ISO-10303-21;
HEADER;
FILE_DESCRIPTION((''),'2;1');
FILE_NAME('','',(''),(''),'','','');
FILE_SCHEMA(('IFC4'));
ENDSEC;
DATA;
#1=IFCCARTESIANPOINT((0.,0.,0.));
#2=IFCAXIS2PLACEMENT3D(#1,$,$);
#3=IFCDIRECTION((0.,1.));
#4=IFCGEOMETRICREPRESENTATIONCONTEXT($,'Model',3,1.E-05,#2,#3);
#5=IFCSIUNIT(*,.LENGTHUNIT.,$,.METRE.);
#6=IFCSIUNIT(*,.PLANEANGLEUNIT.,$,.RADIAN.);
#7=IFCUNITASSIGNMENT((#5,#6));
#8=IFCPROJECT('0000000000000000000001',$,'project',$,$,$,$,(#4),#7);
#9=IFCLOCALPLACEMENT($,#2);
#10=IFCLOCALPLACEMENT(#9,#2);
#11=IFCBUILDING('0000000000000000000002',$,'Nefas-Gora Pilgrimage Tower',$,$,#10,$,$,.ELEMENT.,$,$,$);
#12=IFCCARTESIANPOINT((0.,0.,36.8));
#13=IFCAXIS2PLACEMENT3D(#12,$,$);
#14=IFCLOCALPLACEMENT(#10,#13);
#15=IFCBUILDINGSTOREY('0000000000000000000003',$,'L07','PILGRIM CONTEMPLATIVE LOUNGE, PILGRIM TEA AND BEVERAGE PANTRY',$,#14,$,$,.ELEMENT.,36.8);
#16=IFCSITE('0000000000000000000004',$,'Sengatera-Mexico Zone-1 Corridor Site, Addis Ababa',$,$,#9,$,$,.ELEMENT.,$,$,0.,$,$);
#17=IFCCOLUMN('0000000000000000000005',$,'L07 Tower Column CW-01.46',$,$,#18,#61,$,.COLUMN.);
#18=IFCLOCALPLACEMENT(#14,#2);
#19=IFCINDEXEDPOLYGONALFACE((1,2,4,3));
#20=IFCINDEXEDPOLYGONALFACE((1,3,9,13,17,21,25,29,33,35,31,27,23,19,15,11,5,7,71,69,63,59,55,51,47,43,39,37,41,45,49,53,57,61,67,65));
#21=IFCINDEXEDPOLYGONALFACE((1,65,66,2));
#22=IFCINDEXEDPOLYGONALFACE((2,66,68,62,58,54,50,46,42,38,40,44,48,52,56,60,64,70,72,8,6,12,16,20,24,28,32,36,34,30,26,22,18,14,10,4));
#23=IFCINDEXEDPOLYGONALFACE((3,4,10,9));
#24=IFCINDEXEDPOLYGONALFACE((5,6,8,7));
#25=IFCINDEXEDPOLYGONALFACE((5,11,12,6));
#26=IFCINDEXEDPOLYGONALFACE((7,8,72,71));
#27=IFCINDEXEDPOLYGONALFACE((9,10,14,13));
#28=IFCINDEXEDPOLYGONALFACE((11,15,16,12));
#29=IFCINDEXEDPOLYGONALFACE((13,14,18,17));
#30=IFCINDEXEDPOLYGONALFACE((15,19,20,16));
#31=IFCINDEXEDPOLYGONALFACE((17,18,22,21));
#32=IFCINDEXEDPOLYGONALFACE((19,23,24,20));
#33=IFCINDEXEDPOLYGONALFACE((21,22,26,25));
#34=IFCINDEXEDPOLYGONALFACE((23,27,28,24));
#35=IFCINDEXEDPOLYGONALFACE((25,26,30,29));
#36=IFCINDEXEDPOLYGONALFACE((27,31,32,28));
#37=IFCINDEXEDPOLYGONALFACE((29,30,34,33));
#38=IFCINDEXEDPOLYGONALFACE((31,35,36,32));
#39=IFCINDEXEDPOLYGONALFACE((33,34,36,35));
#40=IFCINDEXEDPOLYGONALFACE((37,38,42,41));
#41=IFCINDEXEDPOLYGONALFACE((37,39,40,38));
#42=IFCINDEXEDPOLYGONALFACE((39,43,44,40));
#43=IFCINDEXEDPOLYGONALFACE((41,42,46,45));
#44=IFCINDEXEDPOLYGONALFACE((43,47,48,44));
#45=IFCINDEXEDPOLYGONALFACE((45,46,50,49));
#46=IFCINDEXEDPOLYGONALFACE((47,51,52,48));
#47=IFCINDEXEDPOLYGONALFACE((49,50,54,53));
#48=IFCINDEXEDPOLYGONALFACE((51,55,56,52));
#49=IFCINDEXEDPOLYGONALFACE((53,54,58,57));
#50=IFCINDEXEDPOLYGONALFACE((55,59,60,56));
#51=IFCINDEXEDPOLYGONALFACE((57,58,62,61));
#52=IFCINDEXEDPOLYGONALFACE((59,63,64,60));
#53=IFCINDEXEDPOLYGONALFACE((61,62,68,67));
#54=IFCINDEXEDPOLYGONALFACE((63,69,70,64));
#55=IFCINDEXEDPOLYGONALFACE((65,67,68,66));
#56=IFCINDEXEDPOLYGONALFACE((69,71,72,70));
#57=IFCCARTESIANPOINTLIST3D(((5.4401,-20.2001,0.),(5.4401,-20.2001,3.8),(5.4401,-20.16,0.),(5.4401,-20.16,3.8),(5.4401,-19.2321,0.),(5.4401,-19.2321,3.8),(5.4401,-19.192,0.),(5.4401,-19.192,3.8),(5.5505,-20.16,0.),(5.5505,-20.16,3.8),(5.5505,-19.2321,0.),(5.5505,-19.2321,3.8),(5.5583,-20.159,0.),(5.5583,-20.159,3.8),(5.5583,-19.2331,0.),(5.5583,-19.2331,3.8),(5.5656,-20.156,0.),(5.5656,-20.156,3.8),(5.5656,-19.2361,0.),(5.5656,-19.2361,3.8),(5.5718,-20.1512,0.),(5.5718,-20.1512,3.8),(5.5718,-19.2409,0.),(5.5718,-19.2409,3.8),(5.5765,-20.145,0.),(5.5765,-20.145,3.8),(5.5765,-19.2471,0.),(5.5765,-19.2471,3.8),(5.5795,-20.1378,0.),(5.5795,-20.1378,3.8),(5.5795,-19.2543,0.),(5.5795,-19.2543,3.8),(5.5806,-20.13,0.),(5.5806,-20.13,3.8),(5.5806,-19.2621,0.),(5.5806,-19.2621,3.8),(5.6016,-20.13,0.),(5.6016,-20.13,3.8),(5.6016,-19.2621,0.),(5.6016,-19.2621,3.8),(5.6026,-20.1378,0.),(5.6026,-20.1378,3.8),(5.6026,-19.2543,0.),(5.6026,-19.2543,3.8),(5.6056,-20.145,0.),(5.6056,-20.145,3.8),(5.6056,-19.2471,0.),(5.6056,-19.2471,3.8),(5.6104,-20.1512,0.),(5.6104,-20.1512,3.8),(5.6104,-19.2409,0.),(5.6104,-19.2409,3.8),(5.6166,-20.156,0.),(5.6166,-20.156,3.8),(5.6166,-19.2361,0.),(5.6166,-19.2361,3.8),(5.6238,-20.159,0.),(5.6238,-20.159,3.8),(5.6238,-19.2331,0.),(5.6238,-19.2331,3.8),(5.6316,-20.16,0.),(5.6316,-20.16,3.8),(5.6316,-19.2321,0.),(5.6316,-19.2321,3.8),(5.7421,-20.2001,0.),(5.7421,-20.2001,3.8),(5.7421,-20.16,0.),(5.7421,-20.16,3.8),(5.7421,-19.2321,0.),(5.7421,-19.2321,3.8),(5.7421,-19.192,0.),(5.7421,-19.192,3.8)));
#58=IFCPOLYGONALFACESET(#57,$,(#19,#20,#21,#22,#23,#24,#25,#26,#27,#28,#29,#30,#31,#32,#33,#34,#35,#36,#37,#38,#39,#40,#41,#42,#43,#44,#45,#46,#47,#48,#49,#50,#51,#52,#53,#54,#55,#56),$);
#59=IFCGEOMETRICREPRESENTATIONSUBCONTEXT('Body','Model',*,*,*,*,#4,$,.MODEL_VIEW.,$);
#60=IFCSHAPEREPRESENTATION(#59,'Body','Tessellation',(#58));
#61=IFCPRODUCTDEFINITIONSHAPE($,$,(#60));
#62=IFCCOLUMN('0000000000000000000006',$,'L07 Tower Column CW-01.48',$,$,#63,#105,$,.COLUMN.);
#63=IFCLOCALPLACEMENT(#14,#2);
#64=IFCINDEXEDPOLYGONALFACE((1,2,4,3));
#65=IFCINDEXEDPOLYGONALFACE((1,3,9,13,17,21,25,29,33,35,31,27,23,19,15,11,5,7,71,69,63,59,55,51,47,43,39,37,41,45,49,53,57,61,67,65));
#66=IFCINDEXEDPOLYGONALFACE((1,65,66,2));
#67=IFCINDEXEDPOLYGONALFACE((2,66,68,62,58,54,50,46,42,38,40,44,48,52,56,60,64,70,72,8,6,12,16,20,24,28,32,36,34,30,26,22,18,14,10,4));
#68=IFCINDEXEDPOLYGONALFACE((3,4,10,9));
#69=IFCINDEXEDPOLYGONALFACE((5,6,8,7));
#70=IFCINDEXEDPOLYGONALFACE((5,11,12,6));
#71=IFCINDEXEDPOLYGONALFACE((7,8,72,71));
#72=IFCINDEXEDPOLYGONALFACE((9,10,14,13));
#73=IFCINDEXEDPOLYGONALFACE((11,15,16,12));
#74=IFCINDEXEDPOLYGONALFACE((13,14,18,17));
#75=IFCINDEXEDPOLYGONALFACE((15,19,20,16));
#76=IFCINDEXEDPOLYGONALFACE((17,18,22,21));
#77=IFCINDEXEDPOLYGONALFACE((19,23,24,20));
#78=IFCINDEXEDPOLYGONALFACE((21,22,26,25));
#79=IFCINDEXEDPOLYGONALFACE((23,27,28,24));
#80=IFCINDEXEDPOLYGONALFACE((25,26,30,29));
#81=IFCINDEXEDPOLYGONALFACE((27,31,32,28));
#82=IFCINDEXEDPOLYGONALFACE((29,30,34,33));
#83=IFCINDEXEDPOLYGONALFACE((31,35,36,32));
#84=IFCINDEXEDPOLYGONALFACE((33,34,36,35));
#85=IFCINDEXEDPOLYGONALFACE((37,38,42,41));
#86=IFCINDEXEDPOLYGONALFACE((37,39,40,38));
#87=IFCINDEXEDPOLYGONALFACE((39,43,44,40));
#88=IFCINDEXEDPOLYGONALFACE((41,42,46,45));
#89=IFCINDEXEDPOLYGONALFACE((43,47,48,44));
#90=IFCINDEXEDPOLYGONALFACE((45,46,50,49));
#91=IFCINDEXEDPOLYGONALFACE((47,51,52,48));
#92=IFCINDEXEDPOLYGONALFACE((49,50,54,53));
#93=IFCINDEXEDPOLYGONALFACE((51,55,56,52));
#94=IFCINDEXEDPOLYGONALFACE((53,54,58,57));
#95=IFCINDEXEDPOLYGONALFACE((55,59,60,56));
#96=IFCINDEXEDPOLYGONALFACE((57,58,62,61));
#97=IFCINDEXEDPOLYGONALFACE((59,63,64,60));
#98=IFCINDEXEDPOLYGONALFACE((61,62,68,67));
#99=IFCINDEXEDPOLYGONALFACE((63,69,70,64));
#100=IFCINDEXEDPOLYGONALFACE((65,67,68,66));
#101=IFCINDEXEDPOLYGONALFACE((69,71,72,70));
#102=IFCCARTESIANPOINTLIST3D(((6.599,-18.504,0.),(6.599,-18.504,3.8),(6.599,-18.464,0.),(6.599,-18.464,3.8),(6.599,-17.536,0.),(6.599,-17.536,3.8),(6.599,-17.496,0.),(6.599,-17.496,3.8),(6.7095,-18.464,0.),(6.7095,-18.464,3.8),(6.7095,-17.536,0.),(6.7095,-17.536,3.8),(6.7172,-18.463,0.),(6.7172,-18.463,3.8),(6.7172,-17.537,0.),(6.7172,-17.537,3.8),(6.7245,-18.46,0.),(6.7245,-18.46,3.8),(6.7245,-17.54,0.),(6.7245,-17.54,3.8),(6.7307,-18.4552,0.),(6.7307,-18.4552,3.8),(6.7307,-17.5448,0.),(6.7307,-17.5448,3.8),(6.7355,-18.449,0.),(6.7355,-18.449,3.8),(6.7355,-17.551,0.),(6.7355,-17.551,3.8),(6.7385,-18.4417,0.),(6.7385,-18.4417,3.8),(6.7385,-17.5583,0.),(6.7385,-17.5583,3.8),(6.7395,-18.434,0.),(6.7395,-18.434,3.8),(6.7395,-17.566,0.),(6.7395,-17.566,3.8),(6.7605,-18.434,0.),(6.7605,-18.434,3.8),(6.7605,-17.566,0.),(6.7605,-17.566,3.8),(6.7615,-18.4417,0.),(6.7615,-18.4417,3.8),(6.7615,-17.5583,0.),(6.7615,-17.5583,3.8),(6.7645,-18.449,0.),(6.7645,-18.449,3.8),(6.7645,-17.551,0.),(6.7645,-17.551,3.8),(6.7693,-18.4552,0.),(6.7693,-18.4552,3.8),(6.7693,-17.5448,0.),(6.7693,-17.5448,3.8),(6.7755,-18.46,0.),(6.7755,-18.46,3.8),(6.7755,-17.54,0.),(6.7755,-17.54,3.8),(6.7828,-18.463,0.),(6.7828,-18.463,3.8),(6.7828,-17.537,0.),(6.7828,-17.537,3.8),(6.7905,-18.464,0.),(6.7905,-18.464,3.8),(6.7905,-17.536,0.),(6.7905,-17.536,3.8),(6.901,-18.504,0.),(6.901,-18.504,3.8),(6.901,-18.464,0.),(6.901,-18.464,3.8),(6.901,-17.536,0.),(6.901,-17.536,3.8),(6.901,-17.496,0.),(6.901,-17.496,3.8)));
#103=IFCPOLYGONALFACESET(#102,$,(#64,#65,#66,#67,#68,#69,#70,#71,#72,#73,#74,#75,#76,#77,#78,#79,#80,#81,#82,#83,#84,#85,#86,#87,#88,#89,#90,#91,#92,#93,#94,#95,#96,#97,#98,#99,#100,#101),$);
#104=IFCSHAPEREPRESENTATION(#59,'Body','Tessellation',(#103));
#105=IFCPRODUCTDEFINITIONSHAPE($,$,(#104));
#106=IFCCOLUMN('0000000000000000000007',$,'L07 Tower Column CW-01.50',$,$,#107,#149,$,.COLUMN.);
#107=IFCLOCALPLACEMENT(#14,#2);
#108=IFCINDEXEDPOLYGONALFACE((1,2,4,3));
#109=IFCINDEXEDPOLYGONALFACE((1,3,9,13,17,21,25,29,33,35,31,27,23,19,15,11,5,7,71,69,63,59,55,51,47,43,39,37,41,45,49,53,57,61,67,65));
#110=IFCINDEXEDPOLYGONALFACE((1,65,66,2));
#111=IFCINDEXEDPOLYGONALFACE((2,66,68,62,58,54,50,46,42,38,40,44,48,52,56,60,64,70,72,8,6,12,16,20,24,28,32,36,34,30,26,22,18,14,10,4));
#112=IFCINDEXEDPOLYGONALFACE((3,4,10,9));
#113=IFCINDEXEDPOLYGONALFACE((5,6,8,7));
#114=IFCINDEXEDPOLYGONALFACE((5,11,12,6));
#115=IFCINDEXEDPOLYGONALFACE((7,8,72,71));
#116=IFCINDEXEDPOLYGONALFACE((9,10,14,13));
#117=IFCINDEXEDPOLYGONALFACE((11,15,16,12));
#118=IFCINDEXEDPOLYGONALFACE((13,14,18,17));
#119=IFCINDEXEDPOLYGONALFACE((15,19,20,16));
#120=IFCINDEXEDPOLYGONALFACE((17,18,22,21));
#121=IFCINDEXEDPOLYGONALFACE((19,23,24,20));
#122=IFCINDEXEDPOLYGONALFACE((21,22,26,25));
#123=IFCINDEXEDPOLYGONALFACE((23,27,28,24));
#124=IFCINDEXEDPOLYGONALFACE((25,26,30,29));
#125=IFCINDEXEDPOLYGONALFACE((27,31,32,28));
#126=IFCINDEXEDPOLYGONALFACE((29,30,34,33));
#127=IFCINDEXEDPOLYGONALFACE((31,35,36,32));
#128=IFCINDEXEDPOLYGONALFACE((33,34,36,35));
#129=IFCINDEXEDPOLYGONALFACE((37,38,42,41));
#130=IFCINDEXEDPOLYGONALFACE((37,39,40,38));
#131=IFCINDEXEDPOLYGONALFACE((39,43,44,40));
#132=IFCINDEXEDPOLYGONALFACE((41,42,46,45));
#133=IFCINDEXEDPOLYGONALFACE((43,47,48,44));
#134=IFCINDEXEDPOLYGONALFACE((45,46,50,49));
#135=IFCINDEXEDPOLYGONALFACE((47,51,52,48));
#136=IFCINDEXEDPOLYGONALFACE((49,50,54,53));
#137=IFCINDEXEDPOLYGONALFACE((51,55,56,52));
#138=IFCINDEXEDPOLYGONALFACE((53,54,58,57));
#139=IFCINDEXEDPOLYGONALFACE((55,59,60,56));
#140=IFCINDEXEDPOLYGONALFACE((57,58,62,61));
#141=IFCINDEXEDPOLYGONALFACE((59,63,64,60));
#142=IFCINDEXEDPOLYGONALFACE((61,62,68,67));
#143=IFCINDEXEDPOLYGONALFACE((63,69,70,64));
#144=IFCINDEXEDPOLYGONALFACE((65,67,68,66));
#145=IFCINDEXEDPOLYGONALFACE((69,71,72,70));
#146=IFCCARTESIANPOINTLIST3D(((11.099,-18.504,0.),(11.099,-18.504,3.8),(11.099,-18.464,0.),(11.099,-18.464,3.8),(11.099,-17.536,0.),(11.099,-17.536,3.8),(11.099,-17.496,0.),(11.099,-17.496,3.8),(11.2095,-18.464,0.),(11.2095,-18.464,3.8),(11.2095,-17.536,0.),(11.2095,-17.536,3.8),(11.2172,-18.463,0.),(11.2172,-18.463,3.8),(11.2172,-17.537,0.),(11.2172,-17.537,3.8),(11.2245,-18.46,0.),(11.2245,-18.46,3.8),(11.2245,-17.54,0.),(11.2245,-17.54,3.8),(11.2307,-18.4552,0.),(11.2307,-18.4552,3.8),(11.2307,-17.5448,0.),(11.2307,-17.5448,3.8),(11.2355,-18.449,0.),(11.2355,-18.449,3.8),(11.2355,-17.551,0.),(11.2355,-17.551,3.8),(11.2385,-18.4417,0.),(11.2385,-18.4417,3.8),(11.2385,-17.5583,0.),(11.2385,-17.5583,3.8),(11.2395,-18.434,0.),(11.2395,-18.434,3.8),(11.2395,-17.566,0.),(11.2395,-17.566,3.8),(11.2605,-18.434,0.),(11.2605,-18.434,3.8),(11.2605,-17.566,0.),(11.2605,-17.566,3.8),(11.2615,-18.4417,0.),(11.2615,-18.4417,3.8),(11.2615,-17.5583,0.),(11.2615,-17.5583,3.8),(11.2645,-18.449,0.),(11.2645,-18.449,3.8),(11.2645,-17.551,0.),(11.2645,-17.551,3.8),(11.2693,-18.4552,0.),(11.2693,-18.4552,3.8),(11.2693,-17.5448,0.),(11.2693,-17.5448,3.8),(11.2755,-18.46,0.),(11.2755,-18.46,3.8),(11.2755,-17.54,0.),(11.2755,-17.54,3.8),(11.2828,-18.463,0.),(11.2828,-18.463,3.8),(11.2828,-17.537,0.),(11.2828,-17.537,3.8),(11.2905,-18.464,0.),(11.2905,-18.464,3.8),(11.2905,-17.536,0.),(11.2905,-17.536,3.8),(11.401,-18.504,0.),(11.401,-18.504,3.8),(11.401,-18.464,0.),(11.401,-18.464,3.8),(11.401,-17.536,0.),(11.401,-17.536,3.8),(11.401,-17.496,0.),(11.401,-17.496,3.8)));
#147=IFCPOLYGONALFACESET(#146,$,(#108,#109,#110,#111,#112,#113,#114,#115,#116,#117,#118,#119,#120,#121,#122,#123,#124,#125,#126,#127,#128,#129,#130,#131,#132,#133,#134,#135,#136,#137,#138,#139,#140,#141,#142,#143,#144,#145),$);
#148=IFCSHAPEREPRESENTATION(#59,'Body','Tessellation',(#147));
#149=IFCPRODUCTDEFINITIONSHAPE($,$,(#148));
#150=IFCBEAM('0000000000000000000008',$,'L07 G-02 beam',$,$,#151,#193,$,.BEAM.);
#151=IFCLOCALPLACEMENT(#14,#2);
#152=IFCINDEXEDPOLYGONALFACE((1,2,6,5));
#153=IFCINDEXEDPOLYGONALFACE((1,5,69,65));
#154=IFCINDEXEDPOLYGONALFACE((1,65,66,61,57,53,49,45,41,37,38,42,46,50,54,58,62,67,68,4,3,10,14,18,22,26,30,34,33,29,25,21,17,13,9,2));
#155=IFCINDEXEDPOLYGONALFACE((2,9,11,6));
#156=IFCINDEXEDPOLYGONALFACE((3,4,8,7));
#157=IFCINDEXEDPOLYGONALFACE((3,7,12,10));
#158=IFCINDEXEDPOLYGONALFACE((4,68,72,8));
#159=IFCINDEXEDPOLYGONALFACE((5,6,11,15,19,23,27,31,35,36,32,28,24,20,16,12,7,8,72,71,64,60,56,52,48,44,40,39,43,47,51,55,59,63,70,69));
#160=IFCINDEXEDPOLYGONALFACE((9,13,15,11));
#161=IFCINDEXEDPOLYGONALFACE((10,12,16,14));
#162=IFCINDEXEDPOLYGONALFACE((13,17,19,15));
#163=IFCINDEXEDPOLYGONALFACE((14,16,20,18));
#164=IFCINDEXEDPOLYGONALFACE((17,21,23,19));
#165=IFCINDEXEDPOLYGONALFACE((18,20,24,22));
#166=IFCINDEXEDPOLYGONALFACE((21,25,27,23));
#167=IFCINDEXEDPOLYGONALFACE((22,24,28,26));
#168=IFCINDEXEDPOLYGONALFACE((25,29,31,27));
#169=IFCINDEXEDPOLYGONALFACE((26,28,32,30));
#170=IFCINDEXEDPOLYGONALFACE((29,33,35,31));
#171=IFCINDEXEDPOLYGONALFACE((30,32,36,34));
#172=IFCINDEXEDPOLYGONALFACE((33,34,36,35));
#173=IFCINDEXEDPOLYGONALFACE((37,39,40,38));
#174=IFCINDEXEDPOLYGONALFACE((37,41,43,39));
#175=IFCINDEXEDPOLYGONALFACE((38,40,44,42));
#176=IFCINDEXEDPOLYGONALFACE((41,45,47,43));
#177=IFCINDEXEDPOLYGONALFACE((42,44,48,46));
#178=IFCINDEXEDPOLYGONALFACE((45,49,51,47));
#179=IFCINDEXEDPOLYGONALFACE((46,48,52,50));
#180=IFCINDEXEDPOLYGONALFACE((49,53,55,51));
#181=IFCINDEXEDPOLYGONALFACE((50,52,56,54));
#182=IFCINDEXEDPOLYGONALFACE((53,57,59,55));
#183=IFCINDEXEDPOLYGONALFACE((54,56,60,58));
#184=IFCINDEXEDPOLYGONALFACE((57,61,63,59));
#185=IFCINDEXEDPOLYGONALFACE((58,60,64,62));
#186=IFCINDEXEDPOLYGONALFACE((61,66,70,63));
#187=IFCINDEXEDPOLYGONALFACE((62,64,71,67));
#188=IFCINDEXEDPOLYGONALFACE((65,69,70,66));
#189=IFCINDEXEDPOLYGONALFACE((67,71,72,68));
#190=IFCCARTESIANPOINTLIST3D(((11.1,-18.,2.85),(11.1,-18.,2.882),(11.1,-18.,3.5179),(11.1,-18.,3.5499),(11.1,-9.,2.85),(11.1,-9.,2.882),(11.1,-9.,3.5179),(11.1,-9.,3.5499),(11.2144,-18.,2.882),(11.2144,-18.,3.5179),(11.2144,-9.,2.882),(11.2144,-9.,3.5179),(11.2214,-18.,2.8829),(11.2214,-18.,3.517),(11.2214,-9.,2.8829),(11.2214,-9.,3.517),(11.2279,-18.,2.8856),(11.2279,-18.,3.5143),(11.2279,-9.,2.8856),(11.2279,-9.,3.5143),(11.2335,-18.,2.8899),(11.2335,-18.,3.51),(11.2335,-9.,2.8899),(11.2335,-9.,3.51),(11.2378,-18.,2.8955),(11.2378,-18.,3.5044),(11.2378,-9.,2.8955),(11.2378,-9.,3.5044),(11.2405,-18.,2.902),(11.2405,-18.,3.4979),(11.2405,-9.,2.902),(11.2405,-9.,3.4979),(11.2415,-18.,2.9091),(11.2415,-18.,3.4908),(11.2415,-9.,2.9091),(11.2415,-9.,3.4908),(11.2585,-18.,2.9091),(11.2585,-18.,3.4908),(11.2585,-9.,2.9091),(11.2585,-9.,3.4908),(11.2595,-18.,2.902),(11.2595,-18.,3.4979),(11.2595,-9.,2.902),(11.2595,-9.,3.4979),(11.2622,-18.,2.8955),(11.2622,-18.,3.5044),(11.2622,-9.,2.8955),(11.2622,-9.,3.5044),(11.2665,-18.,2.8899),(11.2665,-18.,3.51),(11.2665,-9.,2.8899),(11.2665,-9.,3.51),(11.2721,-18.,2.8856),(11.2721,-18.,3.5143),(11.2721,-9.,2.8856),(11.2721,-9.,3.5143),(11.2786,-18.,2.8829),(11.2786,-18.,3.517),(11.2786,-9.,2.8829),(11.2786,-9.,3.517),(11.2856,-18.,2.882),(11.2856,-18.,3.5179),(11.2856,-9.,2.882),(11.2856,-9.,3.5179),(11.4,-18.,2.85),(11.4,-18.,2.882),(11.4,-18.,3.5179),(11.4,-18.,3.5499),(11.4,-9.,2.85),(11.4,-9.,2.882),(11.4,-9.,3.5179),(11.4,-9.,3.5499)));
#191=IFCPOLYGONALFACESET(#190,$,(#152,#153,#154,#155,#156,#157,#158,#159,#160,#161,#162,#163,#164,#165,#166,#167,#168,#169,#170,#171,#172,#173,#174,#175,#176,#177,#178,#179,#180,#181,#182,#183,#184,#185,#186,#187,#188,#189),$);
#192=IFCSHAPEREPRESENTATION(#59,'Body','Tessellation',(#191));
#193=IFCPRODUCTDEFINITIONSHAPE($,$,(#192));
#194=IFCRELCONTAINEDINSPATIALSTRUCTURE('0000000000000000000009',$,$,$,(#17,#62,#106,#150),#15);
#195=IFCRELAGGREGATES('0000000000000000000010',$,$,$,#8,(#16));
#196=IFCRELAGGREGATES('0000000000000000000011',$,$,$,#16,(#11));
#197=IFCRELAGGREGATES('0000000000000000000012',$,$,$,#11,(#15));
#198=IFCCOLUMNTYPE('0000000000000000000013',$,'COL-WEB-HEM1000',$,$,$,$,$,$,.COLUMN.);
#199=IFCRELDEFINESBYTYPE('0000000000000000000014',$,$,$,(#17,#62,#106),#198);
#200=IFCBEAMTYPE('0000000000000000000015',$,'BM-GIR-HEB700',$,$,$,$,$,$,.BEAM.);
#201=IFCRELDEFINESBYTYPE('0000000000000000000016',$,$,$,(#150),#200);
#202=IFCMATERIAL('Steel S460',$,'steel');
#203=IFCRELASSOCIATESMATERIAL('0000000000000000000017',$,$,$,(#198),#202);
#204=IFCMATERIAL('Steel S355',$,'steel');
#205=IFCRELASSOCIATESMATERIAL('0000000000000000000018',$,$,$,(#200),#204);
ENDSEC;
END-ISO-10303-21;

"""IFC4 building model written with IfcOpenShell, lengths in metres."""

from ifc_helpers import new_model, si_unit, direction, frame, origin, origin_2d, place, context, subcontext, project, spatial, i_section, extrude, source, transform, mapped, material, material_profile, profile_set, type_object, element, save


model = new_model("IFC4")

# Units and contexts
model_context = context("Model", 3, precision=1e-05, world=origin(), true_north=direction((0.0, 1.0)))
body_context = subcontext(model_context, "Body", "Model", "MODEL_VIEW")
ifc_project = project(units=[si_unit("LENGTHUNIT", "METRE"), si_unit("PLANEANGLEUNIT", "RADIAN")], contexts=[model_context])

# Site, building, storey
site_placement = place(None, origin())
site = spatial("IfcSite", under=ifc_project, at=site_placement, Name="Sengatera-Mexico Zone-1 Corridor Site, Addis Ababa", CompositionType="ELEMENT", RefElevation=0.0)
building_placement = place(site_placement, origin())
building = spatial("IfcBuilding", under=site, at=building_placement, Name="Nefas-Gora Pilgrimage Tower", CompositionType="ELEMENT")
storey_placement = place(building_placement, frame((0.0, 0.0, 36.8)))
storey = spatial("IfcBuildingStorey", under=building, at=storey_placement, Name="L07", Description="PILGRIM CONTEMPLATIVE LOUNGE, PILGRIM TEA AND BEVERAGE PANTRY", CompositionType="ELEMENT", Elevation=36.8)

# Columns
ifc_material_1 = material(Name="Steel S460", Category="steel")
ifc_material_profile_1 = material_profile(ifc_material_1, i_section(OverallWidth=0.302, OverallDepth=1.0081, WebThickness=0.021, FlangeThickness=0.04, FilletRadius=0.03, at=origin_2d()), Name="HEM 1000")
ifc_profile_set_1 = profile_set([ifc_material_profile_1], Name="Steel S460")
column_type_1 = type_object("IfcColumnType", Name="COL-WEB-HEM1000", PredefinedType="COLUMN", material=ifc_profile_set_1)
shared_shape_1 = source(origin(), body_context, "Body", "SweptSolid", [
    extrude(i_section(OverallWidth=0.302, OverallDepth=1.0081, WebThickness=0.021, FlangeThickness=0.04, FilletRadius=0.03, at=origin_2d()), origin(), (0.0, 0.0, 1.0), 3.8),
])
for number, where, z_axis, x_axis, name in (
    (1, (5.5911, -19.696, 0.0), (0.0, 0.0, 1.0), (1.0, 0.0, 0.0), "L07 Tower Column CW-01.46"),
    (2, (6.75, -18.0, 0.0), (0.0, 0.0, 1.0), (1.0, 0.0, 0.0), "L07 Tower Column CW-01.48"),
    (3, (11.25, -18.0, 0.0), (0.0, 0.0, 1.0), (1.0, 0.0, 0.0), "L07 Tower Column CW-01.50"),
):
    element("IfcColumn", number, at=place(storey_placement, frame(where, z_axis=z_axis, x_axis=x_axis)), inside=storey, type_object=column_type_1, Name=name, PredefinedType="COLUMN", context=body_context, shape_type="MappedRepresentation", body=[
        mapped(shared_shape_1, transform((0.0, 0.0, 0.0), x_axis=(1.0, 0.0, 0.0), y_axis=(0.0, 1.0, 0.0), z_axis=(0.0, 0.0, 1.0), scale=1.0)),
    ])

# Beam
ifc_material_2 = material(Name="Steel S355", Category="steel")
ifc_material_profile_2 = material_profile(ifc_material_2, i_section(OverallWidth=0.3, OverallDepth=0.7, WebThickness=0.0171, FlangeThickness=0.032, FilletRadius=0.0271, at=origin_2d()), Name="HEB 700")
ifc_profile_set_2 = profile_set([ifc_material_profile_2], Name="Steel S355")
beam_type_1 = type_object("IfcBeamType", Name="BM-GIR-HEB700", PredefinedType="BEAM", material=ifc_profile_set_2)
shared_shape_2 = source(origin(), body_context, "Body", "SweptSolid", [
    extrude(i_section(OverallWidth=0.3, OverallDepth=0.7, WebThickness=0.0171, FlangeThickness=0.032, FilletRadius=0.0271, at=origin_2d()), origin(), (0.0, 0.0, 1.0), 9.0),
])
beam_1_placement = place(storey_placement, frame((11.25, -18.0, 3.2), z_axis=(0.0, 1.0, 0.0), x_axis=(-1.0, 0.0, 0.0)))
element("IfcBeam", 4, at=beam_1_placement, inside=storey, type_object=beam_type_1, Name="L07 G-02 beam", PredefinedType="BEAM", context=body_context, shape_type="MappedRepresentation", body=[
    mapped(shared_shape_2, transform((0.0, 0.0, 0.0), x_axis=(1.0, 0.0, 0.0), y_axis=(0.0, 1.0, 0.0), z_axis=(0.0, 0.0, 1.0), scale=1.0)),
])

save(model, "model.ifc")
